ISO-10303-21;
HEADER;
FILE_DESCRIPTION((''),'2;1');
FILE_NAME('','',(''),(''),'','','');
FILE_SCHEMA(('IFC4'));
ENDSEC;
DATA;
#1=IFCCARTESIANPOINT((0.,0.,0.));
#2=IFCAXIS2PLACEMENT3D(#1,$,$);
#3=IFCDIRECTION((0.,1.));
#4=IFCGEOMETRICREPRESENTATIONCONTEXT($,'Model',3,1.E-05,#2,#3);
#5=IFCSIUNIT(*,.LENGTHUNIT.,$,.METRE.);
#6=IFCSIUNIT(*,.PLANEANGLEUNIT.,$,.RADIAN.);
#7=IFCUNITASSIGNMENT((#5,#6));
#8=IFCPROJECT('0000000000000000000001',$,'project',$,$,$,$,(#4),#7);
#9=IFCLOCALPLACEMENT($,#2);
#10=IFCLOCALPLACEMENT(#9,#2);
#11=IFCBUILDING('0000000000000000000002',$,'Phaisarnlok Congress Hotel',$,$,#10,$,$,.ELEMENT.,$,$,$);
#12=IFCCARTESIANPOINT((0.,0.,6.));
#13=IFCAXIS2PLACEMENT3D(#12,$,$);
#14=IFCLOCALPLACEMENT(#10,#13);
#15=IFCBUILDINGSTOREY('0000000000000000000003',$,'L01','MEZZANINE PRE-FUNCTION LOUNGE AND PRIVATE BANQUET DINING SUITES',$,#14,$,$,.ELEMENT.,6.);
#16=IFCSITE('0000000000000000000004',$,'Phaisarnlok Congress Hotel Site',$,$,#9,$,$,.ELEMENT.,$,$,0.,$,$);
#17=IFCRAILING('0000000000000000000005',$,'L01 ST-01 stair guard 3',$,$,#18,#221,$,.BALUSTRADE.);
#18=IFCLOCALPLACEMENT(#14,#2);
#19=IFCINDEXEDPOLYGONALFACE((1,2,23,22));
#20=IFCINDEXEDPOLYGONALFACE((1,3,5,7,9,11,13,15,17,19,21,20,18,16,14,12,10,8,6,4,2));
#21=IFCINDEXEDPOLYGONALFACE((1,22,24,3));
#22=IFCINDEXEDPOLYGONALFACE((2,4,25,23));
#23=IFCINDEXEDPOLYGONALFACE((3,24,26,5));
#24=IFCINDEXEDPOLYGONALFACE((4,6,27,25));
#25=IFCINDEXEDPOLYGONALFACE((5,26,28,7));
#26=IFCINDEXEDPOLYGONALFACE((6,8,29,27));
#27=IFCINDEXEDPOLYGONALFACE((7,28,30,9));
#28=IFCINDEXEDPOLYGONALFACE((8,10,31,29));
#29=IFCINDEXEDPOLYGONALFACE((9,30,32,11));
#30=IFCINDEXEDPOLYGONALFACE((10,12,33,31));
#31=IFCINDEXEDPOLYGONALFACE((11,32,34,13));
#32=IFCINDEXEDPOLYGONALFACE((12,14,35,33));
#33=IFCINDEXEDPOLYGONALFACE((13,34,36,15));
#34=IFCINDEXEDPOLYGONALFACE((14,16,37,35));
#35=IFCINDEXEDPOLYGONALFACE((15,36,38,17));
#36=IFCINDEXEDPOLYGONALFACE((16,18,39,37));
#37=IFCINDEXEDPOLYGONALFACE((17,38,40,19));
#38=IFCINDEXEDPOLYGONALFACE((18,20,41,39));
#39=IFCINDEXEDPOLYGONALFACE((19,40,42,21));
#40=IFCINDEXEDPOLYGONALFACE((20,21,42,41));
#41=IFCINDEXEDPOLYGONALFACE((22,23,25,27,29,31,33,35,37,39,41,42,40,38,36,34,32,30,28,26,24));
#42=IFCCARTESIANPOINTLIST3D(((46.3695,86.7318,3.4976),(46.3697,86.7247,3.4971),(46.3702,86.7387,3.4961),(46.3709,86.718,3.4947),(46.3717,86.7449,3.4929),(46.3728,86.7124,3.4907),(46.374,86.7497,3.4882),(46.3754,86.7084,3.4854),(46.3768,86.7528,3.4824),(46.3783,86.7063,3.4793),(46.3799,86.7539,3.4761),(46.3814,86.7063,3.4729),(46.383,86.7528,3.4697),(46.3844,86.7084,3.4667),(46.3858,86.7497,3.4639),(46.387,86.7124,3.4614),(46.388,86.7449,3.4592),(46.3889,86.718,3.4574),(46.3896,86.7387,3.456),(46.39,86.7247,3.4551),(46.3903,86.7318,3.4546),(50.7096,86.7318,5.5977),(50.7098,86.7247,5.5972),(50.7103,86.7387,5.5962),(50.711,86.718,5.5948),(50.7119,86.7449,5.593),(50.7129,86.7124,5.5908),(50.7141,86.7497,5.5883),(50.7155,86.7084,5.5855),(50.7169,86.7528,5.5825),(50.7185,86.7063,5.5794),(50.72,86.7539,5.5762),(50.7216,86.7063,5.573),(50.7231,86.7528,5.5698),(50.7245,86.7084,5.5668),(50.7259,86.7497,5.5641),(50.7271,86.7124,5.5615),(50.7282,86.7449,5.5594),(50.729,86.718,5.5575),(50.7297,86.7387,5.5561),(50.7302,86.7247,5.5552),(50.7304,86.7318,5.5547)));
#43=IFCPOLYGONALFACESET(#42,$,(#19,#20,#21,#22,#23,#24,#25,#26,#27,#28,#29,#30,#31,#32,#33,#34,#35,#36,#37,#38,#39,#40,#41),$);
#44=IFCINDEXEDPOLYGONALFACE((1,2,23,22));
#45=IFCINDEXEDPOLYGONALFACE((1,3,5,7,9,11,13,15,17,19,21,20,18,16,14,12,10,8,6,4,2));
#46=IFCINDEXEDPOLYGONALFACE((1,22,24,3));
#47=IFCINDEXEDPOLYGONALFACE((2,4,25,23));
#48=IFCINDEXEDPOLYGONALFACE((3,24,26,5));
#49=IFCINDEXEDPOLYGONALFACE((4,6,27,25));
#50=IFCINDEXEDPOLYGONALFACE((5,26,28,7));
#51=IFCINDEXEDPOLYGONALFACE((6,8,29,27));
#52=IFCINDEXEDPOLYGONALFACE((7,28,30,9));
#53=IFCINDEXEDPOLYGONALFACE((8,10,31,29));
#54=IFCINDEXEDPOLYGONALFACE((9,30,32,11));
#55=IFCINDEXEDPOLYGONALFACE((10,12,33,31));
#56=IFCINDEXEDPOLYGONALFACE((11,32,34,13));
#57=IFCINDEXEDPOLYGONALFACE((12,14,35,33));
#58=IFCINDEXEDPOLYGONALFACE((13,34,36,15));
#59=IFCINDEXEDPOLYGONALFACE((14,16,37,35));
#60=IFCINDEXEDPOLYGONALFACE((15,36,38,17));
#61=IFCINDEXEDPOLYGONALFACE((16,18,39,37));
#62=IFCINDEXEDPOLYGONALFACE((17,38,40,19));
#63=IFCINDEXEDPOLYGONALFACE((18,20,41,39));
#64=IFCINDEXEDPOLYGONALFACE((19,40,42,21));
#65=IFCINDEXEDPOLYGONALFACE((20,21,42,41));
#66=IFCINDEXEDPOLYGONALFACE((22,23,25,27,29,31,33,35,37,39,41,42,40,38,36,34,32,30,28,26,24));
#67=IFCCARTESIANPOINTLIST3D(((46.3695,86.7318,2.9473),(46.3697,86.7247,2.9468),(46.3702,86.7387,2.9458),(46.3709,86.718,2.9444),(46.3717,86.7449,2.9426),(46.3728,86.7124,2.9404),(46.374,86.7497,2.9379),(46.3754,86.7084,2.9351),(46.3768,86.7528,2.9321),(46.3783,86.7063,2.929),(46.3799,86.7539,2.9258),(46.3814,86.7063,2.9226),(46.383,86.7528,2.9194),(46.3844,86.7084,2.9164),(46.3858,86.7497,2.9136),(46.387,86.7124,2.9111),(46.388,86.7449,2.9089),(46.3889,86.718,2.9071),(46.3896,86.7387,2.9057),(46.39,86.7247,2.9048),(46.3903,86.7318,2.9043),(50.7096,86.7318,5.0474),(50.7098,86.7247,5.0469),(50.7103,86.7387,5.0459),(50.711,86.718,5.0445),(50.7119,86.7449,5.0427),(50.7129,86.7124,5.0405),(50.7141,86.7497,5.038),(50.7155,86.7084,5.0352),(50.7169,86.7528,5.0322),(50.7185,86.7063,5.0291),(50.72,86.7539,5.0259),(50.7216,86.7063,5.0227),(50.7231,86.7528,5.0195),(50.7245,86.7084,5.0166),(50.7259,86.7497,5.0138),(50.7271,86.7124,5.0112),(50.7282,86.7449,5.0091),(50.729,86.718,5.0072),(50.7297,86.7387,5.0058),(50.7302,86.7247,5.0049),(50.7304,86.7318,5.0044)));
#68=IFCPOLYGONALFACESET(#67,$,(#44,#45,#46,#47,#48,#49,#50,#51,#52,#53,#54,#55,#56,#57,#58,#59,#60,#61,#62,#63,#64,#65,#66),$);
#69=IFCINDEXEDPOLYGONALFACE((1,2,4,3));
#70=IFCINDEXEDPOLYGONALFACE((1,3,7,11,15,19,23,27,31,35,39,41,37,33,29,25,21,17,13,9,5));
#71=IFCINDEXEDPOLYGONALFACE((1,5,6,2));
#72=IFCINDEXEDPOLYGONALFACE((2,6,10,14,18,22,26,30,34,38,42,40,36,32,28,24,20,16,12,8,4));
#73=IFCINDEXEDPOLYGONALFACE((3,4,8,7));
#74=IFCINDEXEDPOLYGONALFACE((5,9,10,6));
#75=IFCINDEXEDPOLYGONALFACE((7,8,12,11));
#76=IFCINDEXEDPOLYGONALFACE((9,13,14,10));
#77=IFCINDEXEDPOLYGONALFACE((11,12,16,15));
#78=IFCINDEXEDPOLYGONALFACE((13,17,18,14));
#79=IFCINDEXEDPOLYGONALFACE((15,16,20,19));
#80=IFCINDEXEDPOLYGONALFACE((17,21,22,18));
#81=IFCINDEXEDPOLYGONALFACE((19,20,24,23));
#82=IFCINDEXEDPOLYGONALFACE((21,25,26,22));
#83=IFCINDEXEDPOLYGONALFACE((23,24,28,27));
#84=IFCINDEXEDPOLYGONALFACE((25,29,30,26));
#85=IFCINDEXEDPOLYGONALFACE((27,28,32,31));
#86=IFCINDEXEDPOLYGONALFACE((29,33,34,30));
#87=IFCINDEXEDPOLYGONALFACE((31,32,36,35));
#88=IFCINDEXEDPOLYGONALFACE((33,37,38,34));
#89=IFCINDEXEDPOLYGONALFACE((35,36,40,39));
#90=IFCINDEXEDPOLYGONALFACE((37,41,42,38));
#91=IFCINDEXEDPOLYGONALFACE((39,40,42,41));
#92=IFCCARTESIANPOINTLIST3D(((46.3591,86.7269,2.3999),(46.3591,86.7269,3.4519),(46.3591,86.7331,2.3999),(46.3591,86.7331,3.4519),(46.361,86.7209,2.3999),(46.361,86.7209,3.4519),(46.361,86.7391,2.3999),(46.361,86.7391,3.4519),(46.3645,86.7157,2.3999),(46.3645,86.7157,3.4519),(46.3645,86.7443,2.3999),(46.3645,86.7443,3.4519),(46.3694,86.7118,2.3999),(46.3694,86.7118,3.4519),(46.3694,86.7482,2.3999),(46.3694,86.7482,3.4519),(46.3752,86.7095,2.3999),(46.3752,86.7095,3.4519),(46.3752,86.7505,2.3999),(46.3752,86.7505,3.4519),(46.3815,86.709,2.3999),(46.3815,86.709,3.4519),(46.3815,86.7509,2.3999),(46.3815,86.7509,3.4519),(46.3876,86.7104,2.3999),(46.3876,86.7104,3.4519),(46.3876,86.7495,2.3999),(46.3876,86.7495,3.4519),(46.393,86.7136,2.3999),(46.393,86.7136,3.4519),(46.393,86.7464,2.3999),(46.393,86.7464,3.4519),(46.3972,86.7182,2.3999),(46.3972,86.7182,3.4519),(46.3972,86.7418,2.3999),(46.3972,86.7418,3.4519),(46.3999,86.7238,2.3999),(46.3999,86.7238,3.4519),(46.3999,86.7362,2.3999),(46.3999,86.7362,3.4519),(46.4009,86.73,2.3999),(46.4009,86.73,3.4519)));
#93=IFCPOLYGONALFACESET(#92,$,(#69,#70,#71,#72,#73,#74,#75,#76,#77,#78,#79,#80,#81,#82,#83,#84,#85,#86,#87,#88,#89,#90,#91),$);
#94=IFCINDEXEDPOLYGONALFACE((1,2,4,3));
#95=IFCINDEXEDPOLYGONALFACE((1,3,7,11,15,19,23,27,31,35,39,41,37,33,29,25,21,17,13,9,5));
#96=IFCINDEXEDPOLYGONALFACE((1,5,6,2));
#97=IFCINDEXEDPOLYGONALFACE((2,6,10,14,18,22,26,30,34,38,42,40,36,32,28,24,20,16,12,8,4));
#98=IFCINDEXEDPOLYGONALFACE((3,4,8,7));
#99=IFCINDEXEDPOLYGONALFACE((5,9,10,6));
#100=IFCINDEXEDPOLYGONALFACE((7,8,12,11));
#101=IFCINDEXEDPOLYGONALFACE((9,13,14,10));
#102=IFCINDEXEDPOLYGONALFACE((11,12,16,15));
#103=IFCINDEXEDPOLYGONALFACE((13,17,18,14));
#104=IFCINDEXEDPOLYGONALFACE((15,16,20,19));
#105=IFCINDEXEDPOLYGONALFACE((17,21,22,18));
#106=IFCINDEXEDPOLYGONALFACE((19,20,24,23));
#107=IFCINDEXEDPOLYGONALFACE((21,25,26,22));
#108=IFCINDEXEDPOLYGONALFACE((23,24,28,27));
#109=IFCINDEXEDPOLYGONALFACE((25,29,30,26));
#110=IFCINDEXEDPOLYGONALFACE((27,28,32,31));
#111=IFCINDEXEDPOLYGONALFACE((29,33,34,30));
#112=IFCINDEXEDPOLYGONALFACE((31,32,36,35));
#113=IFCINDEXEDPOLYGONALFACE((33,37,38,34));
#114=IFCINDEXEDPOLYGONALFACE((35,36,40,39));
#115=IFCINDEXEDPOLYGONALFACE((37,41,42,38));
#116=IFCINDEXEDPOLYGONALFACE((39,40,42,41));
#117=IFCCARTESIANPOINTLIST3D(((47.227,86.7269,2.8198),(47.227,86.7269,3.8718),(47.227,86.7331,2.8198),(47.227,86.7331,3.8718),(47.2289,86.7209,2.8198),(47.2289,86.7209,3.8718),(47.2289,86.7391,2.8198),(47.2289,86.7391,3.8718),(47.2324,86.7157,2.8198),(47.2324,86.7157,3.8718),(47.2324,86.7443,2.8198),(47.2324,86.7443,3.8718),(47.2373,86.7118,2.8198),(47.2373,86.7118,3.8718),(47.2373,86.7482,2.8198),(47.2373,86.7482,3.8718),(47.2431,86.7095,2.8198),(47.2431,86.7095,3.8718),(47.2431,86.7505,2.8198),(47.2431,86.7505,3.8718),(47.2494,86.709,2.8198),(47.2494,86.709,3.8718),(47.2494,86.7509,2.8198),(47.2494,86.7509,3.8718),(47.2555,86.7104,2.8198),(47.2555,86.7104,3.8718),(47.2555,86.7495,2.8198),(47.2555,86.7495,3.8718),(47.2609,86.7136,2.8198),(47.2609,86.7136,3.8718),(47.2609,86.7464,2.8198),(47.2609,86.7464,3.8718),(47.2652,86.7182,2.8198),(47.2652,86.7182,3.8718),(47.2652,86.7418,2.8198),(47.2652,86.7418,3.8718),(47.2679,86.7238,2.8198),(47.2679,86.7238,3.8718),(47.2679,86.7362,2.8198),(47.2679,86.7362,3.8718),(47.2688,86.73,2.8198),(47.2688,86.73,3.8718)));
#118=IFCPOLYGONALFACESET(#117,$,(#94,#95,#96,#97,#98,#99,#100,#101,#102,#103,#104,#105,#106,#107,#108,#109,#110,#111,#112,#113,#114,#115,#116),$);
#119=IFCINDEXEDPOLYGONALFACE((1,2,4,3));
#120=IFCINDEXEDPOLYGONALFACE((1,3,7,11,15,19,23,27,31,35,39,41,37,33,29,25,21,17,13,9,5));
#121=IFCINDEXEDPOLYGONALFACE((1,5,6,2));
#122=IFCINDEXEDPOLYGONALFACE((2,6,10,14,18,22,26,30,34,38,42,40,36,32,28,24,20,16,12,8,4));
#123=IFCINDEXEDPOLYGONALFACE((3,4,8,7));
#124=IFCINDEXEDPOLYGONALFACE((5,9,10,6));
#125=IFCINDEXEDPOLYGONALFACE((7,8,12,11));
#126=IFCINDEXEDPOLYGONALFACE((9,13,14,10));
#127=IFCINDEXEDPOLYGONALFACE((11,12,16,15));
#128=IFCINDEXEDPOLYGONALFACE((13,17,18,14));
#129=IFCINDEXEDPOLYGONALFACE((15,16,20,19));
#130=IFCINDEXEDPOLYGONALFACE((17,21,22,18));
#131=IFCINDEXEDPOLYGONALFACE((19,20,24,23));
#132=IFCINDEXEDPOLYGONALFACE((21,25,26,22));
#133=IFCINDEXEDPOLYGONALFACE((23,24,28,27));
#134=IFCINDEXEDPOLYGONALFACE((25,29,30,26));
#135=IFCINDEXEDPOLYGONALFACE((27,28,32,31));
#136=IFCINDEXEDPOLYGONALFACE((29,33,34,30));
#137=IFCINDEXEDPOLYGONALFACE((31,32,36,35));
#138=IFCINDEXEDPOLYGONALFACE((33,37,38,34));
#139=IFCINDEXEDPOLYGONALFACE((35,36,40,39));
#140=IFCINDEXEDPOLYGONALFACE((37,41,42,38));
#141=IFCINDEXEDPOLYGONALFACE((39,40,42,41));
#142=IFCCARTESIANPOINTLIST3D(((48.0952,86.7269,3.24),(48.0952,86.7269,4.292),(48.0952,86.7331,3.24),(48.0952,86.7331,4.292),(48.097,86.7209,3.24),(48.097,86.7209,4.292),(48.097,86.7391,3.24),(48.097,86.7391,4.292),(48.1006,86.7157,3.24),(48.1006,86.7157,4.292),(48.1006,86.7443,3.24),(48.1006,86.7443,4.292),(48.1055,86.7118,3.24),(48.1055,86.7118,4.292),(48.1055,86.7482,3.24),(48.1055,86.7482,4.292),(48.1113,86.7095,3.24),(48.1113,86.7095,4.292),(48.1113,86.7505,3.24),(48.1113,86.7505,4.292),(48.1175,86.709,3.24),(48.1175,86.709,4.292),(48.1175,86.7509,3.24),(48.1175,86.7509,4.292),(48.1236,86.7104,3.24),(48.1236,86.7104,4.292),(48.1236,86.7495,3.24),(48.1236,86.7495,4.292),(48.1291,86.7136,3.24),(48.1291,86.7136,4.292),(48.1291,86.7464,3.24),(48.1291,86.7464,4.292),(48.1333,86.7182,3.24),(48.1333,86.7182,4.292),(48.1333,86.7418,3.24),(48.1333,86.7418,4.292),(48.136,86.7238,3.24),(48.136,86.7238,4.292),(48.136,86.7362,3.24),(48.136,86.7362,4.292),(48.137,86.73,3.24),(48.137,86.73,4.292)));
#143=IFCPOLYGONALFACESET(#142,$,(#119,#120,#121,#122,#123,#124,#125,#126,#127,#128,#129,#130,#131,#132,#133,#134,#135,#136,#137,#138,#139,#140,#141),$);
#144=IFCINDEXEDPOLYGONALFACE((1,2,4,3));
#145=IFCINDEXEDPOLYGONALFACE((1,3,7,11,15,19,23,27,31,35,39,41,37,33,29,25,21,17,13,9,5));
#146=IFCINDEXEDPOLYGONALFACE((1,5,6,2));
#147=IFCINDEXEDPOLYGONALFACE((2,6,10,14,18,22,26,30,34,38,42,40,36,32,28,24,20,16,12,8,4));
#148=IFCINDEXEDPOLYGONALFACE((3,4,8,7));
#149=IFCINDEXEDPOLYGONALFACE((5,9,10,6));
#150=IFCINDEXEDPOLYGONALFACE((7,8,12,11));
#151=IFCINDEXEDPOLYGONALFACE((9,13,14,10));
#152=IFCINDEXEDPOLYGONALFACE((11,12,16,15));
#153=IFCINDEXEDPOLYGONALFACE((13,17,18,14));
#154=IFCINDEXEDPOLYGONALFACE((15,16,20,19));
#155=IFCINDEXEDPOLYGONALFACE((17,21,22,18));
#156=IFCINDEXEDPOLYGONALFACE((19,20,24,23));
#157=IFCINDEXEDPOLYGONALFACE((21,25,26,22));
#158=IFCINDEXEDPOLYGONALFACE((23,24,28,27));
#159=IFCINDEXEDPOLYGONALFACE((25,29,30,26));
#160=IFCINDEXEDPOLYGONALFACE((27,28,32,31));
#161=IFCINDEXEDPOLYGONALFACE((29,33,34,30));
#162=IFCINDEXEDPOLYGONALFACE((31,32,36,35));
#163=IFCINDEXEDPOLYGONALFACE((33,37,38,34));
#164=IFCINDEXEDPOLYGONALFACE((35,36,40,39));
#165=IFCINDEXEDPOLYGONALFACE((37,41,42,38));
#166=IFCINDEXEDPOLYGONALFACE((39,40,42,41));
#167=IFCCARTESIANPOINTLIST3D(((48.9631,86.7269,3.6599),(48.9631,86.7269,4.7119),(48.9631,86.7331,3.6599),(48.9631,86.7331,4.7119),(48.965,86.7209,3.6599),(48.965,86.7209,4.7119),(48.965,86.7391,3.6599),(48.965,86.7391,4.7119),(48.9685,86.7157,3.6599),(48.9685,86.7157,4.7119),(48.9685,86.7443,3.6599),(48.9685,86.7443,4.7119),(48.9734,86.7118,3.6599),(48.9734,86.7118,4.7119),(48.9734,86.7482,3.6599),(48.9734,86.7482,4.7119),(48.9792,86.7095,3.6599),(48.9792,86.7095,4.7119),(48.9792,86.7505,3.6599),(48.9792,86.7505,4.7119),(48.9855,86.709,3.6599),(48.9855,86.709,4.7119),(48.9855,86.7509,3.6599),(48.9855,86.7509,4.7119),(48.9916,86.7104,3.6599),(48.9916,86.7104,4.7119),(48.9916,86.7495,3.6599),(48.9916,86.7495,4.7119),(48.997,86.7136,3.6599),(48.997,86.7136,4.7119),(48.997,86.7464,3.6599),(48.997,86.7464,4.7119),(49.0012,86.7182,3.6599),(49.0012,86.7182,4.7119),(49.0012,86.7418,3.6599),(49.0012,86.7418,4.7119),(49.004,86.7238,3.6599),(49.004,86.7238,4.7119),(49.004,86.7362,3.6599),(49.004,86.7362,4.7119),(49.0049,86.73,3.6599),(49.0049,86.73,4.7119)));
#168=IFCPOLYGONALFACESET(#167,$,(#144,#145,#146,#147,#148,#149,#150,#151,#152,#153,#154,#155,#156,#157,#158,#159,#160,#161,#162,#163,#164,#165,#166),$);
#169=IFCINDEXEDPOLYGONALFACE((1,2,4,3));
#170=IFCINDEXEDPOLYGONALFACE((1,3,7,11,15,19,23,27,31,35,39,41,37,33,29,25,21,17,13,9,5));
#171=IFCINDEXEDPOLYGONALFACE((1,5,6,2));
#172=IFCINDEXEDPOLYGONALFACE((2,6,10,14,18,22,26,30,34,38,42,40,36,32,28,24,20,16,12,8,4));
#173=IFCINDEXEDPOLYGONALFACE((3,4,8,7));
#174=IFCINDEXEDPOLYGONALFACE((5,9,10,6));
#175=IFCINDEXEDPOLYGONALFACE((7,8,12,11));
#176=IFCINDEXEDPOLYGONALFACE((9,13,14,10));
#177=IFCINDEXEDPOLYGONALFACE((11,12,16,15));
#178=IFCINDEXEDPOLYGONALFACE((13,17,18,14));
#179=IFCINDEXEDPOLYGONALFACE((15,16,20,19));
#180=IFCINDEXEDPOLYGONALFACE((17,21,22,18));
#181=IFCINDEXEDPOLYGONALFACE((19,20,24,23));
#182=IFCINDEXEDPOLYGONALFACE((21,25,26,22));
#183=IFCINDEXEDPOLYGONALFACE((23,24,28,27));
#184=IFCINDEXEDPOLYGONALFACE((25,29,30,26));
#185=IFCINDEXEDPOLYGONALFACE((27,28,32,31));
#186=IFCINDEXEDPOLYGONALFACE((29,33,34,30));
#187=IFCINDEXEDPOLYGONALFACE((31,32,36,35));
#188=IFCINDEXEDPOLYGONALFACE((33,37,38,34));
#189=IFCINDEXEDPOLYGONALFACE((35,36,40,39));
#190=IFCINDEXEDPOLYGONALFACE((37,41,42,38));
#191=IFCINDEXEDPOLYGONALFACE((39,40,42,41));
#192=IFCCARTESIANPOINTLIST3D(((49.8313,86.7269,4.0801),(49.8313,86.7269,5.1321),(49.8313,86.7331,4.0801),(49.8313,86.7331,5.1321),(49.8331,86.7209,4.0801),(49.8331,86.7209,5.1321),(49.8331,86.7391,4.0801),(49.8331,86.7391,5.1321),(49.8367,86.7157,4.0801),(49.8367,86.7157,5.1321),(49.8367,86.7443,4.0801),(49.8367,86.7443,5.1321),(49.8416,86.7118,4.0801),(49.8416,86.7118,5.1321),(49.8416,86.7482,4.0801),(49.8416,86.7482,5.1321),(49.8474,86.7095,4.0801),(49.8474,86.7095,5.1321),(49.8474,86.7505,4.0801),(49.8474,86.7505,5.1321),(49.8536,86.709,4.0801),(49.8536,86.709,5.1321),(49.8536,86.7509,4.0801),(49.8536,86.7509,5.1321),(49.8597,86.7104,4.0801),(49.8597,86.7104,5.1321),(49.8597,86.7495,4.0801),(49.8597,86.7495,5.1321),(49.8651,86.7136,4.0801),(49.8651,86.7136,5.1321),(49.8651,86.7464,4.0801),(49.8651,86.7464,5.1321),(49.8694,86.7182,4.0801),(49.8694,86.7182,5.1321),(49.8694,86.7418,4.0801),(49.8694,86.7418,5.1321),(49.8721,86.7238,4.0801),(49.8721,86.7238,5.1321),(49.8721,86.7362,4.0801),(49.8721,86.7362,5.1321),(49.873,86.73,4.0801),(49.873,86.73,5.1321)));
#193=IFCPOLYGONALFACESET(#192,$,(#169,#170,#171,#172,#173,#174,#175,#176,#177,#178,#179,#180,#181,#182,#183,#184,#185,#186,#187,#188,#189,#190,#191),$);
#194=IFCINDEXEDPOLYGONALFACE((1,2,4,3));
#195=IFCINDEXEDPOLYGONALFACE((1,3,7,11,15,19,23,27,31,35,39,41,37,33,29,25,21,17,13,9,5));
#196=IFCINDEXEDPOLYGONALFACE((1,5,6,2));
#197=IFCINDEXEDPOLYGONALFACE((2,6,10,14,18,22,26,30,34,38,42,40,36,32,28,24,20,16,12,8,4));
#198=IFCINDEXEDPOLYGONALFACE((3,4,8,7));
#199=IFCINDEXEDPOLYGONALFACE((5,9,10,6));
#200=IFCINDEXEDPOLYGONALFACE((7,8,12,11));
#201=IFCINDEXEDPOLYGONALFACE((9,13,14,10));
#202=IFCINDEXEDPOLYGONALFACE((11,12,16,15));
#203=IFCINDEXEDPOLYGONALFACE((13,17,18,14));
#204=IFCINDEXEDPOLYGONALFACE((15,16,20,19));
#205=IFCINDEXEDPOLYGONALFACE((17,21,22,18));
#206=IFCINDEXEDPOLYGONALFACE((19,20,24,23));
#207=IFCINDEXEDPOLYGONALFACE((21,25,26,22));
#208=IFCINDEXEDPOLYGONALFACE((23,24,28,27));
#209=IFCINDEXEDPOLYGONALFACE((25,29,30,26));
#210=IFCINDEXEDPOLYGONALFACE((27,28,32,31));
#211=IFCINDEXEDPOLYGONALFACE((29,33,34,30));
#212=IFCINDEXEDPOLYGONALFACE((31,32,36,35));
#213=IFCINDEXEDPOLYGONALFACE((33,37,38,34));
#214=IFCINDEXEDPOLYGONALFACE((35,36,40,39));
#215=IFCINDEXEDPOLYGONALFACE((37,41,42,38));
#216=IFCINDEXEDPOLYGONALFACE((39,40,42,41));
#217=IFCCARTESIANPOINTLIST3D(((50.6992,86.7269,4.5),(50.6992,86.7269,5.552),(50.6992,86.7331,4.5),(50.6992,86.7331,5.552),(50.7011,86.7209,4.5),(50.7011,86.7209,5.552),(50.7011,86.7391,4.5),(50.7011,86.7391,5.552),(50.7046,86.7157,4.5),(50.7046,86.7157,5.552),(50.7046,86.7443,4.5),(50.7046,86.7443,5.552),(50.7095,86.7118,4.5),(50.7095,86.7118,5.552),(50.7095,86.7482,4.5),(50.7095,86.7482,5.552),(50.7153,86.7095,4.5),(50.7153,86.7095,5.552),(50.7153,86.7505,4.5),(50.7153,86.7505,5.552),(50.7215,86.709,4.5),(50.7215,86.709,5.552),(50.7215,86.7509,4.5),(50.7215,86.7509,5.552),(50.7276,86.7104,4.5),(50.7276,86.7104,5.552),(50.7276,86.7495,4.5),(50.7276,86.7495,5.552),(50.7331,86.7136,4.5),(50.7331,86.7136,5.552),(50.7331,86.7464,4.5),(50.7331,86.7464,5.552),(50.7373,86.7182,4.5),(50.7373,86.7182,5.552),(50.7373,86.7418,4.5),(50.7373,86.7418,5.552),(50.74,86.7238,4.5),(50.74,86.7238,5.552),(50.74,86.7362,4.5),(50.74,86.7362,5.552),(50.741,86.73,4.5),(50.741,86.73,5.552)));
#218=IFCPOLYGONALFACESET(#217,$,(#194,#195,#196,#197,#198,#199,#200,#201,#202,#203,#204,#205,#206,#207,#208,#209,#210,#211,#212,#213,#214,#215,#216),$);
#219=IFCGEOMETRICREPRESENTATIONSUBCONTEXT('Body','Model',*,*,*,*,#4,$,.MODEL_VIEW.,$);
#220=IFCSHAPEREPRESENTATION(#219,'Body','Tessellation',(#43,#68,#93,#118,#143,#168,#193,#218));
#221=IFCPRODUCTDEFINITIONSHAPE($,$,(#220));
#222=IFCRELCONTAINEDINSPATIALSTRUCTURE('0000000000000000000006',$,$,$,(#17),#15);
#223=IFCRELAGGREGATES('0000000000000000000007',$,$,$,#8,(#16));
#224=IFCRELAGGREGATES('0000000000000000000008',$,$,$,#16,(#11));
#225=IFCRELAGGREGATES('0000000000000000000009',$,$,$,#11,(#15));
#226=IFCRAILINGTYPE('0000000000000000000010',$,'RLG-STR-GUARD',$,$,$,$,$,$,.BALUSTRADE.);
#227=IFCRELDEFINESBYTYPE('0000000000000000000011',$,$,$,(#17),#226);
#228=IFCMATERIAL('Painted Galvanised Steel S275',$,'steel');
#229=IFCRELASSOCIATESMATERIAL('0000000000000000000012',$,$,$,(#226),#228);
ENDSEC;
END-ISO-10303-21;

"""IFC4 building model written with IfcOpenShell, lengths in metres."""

from ifc_helpers import new_model, si_unit, direction, frame, origin, origin_2d, place, context, subcontext, project, spatial, circle, extrude, material, type_object, element, save


model = new_model("IFC4")

# Units and contexts
model_context = context("Model", 3, precision=1e-05, world=origin(), true_north=direction((0.0, 1.0)))
body_context = subcontext(model_context, "Body", "Model", "MODEL_VIEW")
ifc_project = project(units=[si_unit("LENGTHUNIT", "METRE"), si_unit("PLANEANGLEUNIT", "RADIAN")], contexts=[model_context])

# Site, building, storey
site_placement = place(None, origin())
site = spatial("IfcSite", under=ifc_project, at=site_placement, Name="Phaisarnlok Congress Hotel Site", CompositionType="ELEMENT", RefElevation=0.0)
building_placement = place(site_placement, origin())
building = spatial("IfcBuilding", under=site, at=building_placement, Name="Phaisarnlok Congress Hotel", CompositionType="ELEMENT")
storey_placement = place(building_placement, frame((0.0, 0.0, 6.0)))
storey = spatial("IfcBuildingStorey", under=building, at=storey_placement, Name="L01", Description="MEZZANINE PRE-FUNCTION LOUNGE AND PRIVATE BANQUET DINING SUITES", CompositionType="ELEMENT", Elevation=6.0)

# Railing
ifc_material_1 = material(Name="Painted Galvanised Steel S275", Category="steel")
railing_type_1 = type_object("IfcRailingType", Name="RLG-STR-GUARD", PredefinedType="BALUSTRADE", material=ifc_material_1)
railing_1_placement = place(storey_placement, frame((46.3799, 86.73, 2.3999)))
element("IfcRailing", 1, at=railing_1_placement, inside=storey, type_object=railing_type_1, Name="L01 ST-01 stair guard 3", PredefinedType="BALUSTRADE", context=body_context, shape_type="SweptSolid", body=[
    extrude(circle(Radius=0.0239, at=origin_2d()), frame((0.0, 0.0, 1.0762), z_axis=(0.900155, 0.0, 0.43557), x_axis=(0.0, 1.0, 0.0)), (0.0, 0.0, 1.0), 4.8215),
    extrude(circle(Radius=0.0239, at=origin_2d()), frame((0.0, 0.0, 0.5259), z_axis=(0.900155, 0.0, 0.43557), x_axis=(0.0, 1.0, 0.0)), (0.0, 0.0, 1.0), 4.8215),
    extrude(circle(Radius=0.021, at=origin_2d()), origin(), (0.0, 0.0, 1.0), 1.052),
    extrude(circle(Radius=0.021, at=origin_2d()), frame((0.8679, 0.0, 0.4199)), (0.0, 0.0, 1.0), 1.052),
    extrude(circle(Radius=0.021, at=origin_2d()), frame((1.7361, 0.0, 0.8401)), (0.0, 0.0, 1.0), 1.052),
    extrude(circle(Radius=0.021, at=origin_2d()), frame((2.604, 0.0, 1.26)), (0.0, 0.0, 1.0), 1.052),
    extrude(circle(Radius=0.021, at=origin_2d()), frame((3.4722, 0.0, 1.6802)), (0.0, 0.0, 1.0), 1.052),
    extrude(circle(Radius=0.021, at=origin_2d()), frame((4.3401, 0.0, 2.1001)), (0.0, 0.0, 1.0), 1.052),
])

save(model, "model.ifc")
